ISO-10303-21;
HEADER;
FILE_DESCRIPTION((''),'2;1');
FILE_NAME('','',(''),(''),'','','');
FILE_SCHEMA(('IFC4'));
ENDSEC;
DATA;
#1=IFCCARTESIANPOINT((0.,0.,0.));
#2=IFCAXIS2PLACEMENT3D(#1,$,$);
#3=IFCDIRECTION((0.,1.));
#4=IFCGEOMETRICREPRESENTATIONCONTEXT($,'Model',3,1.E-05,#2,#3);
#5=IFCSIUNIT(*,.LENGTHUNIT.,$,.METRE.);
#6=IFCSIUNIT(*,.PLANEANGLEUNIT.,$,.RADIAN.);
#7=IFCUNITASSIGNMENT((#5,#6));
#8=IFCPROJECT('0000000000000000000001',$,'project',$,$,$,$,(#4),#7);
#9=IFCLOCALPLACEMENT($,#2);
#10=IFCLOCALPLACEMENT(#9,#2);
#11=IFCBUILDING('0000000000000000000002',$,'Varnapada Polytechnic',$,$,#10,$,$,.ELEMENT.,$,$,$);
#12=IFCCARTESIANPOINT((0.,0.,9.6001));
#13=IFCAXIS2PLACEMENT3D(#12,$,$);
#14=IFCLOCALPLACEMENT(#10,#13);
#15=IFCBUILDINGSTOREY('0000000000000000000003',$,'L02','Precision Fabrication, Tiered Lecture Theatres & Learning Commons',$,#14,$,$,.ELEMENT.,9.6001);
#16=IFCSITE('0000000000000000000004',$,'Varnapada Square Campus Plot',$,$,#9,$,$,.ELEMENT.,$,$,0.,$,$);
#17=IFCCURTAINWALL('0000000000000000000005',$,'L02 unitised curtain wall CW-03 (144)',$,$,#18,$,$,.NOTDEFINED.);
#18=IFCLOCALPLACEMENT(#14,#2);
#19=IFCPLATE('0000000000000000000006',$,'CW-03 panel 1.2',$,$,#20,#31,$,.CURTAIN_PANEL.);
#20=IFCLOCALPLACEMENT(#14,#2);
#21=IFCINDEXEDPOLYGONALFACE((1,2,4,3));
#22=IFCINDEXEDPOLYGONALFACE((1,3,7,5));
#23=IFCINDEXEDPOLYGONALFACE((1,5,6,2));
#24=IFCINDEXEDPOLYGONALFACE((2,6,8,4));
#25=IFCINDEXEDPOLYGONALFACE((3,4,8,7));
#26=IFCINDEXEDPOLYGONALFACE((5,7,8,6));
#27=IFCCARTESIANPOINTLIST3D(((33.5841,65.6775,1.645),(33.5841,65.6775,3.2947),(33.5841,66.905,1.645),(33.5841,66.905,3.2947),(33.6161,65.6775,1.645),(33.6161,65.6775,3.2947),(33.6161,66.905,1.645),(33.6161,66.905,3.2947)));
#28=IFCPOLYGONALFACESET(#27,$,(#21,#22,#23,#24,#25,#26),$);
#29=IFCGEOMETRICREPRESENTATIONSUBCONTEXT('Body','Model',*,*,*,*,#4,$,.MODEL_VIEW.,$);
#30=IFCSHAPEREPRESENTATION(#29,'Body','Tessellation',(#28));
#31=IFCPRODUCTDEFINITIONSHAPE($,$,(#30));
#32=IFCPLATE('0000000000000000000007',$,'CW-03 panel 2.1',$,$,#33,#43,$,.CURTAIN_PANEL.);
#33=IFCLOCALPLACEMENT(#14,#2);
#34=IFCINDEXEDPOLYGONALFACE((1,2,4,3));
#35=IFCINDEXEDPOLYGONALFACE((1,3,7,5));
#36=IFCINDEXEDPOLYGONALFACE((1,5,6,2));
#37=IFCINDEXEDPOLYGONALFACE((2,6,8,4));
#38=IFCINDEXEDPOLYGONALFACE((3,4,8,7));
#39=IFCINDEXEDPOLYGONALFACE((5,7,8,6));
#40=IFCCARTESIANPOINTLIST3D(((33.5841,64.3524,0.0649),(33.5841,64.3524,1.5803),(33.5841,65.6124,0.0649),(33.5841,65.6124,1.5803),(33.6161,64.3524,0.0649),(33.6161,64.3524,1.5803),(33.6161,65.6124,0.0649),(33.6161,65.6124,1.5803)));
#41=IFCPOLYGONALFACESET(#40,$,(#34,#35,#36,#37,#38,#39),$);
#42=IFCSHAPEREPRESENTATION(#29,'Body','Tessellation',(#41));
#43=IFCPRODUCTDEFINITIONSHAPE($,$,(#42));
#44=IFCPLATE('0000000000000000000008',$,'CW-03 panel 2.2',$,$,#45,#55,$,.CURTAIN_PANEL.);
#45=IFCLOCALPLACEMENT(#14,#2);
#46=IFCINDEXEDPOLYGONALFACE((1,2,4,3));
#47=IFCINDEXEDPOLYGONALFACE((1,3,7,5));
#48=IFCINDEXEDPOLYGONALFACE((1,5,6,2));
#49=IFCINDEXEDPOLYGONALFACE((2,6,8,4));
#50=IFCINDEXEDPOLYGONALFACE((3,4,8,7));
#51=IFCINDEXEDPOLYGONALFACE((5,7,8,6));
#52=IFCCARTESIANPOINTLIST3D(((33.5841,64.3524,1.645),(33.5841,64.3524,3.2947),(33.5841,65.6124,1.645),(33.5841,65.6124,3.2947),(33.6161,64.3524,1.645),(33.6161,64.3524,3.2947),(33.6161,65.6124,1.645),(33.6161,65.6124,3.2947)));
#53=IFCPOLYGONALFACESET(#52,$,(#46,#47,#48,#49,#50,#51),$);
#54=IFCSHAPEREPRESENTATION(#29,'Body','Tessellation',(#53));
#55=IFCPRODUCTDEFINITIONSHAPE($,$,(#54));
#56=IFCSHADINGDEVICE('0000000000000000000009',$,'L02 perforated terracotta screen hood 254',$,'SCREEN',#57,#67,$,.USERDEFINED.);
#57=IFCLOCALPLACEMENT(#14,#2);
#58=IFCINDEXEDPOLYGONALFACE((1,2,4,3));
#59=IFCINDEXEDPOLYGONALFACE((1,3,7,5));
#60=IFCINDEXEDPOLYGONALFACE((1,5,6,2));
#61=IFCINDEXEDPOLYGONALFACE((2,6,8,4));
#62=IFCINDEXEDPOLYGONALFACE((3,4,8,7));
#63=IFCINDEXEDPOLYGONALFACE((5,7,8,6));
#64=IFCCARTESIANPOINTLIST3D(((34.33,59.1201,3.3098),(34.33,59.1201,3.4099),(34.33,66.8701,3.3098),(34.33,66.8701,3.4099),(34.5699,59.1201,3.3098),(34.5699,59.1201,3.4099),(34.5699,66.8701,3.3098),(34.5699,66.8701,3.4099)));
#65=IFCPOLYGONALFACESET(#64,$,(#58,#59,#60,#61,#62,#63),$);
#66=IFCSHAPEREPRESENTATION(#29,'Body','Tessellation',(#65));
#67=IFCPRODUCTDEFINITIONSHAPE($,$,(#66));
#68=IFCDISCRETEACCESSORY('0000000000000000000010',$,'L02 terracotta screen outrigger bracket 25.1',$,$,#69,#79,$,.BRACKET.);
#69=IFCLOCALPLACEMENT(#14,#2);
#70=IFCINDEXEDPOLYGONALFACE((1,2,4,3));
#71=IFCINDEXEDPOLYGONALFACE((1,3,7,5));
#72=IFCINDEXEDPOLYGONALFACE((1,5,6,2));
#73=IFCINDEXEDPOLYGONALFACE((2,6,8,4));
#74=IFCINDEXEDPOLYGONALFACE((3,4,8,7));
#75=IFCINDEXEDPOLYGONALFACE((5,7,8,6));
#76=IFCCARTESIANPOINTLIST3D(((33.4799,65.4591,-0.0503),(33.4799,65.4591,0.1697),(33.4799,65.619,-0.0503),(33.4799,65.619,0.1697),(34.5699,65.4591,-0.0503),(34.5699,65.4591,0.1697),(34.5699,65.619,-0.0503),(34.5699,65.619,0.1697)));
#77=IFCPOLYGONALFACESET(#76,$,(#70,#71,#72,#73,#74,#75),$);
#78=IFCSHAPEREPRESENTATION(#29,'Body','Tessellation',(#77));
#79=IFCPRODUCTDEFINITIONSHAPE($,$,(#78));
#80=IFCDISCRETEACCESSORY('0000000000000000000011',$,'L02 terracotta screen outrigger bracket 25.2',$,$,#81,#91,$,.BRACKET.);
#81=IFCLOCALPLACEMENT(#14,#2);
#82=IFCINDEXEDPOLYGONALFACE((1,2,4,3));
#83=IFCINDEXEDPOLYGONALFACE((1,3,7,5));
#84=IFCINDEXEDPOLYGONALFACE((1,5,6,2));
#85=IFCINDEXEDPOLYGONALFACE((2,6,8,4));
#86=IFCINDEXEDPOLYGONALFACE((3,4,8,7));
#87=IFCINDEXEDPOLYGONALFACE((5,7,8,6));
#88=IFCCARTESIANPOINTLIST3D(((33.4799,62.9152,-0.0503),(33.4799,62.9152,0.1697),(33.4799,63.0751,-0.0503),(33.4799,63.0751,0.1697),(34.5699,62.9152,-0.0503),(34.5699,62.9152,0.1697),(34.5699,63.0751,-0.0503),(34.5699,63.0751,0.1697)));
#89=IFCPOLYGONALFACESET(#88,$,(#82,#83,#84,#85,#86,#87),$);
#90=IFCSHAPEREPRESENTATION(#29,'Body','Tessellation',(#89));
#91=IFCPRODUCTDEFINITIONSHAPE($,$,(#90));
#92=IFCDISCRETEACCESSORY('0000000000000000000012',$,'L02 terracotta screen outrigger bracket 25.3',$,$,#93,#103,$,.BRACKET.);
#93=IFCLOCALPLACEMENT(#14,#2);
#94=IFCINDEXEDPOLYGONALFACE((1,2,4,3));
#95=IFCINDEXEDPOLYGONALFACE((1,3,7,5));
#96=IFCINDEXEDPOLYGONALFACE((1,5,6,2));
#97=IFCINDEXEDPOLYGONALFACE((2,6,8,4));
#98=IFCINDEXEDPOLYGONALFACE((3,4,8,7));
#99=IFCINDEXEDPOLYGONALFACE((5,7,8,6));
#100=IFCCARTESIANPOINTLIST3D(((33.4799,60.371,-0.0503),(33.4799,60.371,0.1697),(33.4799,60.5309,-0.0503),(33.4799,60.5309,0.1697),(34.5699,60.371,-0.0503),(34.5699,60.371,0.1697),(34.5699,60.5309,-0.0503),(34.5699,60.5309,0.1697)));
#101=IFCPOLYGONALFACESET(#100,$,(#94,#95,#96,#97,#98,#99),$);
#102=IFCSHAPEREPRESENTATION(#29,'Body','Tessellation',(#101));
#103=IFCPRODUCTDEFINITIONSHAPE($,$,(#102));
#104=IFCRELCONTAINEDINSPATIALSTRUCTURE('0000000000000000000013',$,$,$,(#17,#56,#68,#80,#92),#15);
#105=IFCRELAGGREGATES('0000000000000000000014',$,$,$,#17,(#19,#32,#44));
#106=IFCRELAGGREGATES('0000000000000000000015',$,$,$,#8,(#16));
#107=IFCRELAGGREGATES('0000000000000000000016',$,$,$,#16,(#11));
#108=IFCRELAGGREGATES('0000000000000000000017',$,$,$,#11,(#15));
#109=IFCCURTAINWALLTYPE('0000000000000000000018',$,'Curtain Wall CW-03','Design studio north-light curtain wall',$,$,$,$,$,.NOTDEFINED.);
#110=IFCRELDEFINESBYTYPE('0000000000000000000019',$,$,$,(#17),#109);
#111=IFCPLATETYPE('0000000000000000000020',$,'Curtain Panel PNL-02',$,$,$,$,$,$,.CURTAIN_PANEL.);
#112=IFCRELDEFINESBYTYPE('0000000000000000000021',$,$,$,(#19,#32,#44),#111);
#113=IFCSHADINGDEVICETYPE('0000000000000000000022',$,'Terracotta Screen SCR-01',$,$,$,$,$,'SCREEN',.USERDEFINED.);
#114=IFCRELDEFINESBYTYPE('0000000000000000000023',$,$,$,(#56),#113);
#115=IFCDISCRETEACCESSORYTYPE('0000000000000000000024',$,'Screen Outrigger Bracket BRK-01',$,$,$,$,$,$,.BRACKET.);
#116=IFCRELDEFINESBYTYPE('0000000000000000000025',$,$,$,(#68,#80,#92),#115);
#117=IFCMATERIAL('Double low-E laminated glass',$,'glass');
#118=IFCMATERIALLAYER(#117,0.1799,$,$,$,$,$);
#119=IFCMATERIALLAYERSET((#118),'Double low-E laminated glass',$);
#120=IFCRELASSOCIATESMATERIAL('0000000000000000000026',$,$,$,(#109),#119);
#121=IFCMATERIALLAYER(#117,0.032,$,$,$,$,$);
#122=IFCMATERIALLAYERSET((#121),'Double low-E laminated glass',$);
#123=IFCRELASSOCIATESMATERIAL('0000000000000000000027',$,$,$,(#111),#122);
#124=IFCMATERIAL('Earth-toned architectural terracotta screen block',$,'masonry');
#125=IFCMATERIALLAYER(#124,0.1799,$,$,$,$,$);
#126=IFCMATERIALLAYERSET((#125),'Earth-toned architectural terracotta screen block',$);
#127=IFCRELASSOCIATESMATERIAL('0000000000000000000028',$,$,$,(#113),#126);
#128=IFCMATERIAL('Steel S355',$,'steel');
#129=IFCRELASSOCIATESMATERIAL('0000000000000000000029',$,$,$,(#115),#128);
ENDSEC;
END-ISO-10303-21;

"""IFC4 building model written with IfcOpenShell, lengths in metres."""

from ifc_helpers import new_model, si_unit, direction, frame, origin, origin_2d, place, context, subcontext, project, spatial, rectangle, extrude, material, layer, layer_set, type_object, element, aggregate, save


model = new_model("IFC4")

# Units and contexts
model_context = context("Model", 3, precision=1e-05, world=origin(), true_north=direction((0.0, 1.0)))
body_context = subcontext(model_context, "Body", "Model", "MODEL_VIEW")
ifc_project = project(units=[si_unit("LENGTHUNIT", "METRE"), si_unit("PLANEANGLEUNIT", "RADIAN")], contexts=[model_context])

# Site, building, storey
site_placement = place(None, origin())
site = spatial("IfcSite", under=ifc_project, at=site_placement, Name="Varnapada Square Campus Plot", CompositionType="ELEMENT", RefElevation=0.0)
building_placement = place(site_placement, origin())
building = spatial("IfcBuilding", under=site, at=building_placement, Name="Varnapada Polytechnic", CompositionType="ELEMENT")
storey_placement = place(building_placement, frame((0.0, 0.0, 9.6001)))
storey = spatial("IfcBuildingStorey", under=building, at=storey_placement, Name="L02", Description="Precision Fabrication, Tiered Lecture Theatres & Learning Commons", CompositionType="ELEMENT", Elevation=9.6001)

# Curtain wall, plates
ifc_material_1 = material(Name="Double low-E laminated glass", Category="glass")
ifc_layer_1 = layer(ifc_material_1, 0.1799)
ifc_layer_set_1 = layer_set([ifc_layer_1], Name="Double low-E laminated glass")
curtain_wall_type = type_object("IfcCurtainWallType", Name="Curtain Wall CW-03", Description="Design studio north-light curtain wall", PredefinedType="NOTDEFINED", material=ifc_layer_set_1)
curtain_wall_placement = place(storey_placement, origin())
curtain_wall = element("IfcCurtainWall", 1, at=curtain_wall_placement, inside=storey, type_object=curtain_wall_type, Name="L02 unitised curtain wall CW-03 (144)", PredefinedType="NOTDEFINED")
ifc_layer_2 = layer(ifc_material_1, 0.032)
ifc_layer_set_2 = layer_set([ifc_layer_2], Name="Double low-E laminated glass")
plate_type = type_object("IfcPlateType", Name="Curtain Panel PNL-02", PredefinedType="CURTAIN_PANEL", material=ifc_layer_set_2)
plate_1_placement = place(storey_placement, frame((33.6001, 66.2913, 1.645), z_axis=(0.0, 0.0, 1.0), x_axis=(0.0, -1.0, 0.0)))
plate_1 = element("IfcPlate", 2, at=plate_1_placement, type_object=plate_type, Name="CW-03 panel 1.2", PredefinedType="CURTAIN_PANEL", context=body_context, shape_type="SweptSolid", body=[
    extrude(rectangle(XDim=1.2275, YDim=0.032, at=origin_2d()), origin(), (0.0, 0.0, 1.0), 1.6497),
])
plate_2_placement = place(storey_placement, frame((33.6001, 64.9824, 0.0649), z_axis=(0.0, 0.0, 1.0), x_axis=(0.0, -1.0, 0.0)))
plate_2 = element("IfcPlate", 3, at=plate_2_placement, type_object=plate_type, Name="CW-03 panel 2.1", PredefinedType="CURTAIN_PANEL", context=body_context, shape_type="SweptSolid", body=[
    extrude(rectangle(XDim=1.26, YDim=0.032, at=origin_2d()), origin(), (0.0, 0.0, 1.0), 1.5154),
])
plate_3_placement = place(storey_placement, frame((33.6001, 64.9824, 1.645), z_axis=(0.0, 0.0, 1.0), x_axis=(0.0, -1.0, 0.0)))
plate_3 = element("IfcPlate", 4, at=plate_3_placement, type_object=plate_type, Name="CW-03 panel 2.2", PredefinedType="CURTAIN_PANEL", context=body_context, shape_type="SweptSolid", body=[
    extrude(rectangle(XDim=1.26, YDim=0.032, at=origin_2d()), origin(), (0.0, 0.0, 1.0), 1.6497),
])
aggregate(curtain_wall, [plate_1, plate_2, plate_3])

# Shading device
ifc_material_2 = material(Name="Earth-toned architectural terracotta screen block", Category="masonry")
ifc_layer_3 = layer(ifc_material_2, 0.1799)
ifc_layer_set_3 = layer_set([ifc_layer_3], Name="Earth-toned architectural terracotta screen block")
shading_device_type = type_object("IfcShadingDeviceType", Name="Terracotta Screen SCR-01", ElementType="SCREEN", PredefinedType="USERDEFINED", material=ifc_layer_set_3)
shading_device_placement = place(storey_placement, frame((34.45, 62.9951, 3.3098), z_axis=(0.0, 0.0, 1.0), x_axis=(0.0, -1.0, 0.0)))
element("IfcShadingDevice", 5, at=shading_device_placement, inside=storey, type_object=shading_device_type, Name="L02 perforated terracotta screen hood 254", ObjectType="SCREEN", PredefinedType="USERDEFINED", context=body_context, shape_type="SweptSolid", body=[
    extrude(rectangle(XDim=7.75, YDim=0.24, at=origin_2d()), origin(), (0.0, 0.0, 1.0), 0.1001),
])

# Discrete accessories
ifc_material_3 = material(Name="Steel S355", Category="steel")
discrete_accessory_type = type_object("IfcDiscreteAccessoryType", Name="Screen Outrigger Bracket BRK-01", PredefinedType="BRACKET", material=ifc_material_3)
for number, where, z_axis, x_axis, name in (
    (6, (34.0249, 65.5391, -0.0503), (0.0, 0.0, 1.0), (0.0, -1.0, 0.0), "L02 terracotta screen outrigger bracket 25.1"),
    (7, (34.0249, 62.9951, -0.0503), (0.0, 0.0, 1.0), (0.0, -1.0, 0.0), "L02 terracotta screen outrigger bracket 25.2"),
    (8, (34.0249, 60.4509, -0.0503), (0.0, 0.0, 1.0), (0.0, -1.0, 0.0), "L02 terracotta screen outrigger bracket 25.3"),
):
    element("IfcDiscreteAccessory", number, at=place(storey_placement, frame(where, z_axis=z_axis, x_axis=x_axis)), inside=storey, type_object=discrete_accessory_type, Name=name, PredefinedType="BRACKET", context=body_context, shape_type="SweptSolid", body=[
        extrude(rectangle(XDim=0.1599, YDim=1.0901, at=origin_2d()), origin(), (0.0, 0.0, 1.0), 0.22),
    ])

save(model, "model.ifc")
